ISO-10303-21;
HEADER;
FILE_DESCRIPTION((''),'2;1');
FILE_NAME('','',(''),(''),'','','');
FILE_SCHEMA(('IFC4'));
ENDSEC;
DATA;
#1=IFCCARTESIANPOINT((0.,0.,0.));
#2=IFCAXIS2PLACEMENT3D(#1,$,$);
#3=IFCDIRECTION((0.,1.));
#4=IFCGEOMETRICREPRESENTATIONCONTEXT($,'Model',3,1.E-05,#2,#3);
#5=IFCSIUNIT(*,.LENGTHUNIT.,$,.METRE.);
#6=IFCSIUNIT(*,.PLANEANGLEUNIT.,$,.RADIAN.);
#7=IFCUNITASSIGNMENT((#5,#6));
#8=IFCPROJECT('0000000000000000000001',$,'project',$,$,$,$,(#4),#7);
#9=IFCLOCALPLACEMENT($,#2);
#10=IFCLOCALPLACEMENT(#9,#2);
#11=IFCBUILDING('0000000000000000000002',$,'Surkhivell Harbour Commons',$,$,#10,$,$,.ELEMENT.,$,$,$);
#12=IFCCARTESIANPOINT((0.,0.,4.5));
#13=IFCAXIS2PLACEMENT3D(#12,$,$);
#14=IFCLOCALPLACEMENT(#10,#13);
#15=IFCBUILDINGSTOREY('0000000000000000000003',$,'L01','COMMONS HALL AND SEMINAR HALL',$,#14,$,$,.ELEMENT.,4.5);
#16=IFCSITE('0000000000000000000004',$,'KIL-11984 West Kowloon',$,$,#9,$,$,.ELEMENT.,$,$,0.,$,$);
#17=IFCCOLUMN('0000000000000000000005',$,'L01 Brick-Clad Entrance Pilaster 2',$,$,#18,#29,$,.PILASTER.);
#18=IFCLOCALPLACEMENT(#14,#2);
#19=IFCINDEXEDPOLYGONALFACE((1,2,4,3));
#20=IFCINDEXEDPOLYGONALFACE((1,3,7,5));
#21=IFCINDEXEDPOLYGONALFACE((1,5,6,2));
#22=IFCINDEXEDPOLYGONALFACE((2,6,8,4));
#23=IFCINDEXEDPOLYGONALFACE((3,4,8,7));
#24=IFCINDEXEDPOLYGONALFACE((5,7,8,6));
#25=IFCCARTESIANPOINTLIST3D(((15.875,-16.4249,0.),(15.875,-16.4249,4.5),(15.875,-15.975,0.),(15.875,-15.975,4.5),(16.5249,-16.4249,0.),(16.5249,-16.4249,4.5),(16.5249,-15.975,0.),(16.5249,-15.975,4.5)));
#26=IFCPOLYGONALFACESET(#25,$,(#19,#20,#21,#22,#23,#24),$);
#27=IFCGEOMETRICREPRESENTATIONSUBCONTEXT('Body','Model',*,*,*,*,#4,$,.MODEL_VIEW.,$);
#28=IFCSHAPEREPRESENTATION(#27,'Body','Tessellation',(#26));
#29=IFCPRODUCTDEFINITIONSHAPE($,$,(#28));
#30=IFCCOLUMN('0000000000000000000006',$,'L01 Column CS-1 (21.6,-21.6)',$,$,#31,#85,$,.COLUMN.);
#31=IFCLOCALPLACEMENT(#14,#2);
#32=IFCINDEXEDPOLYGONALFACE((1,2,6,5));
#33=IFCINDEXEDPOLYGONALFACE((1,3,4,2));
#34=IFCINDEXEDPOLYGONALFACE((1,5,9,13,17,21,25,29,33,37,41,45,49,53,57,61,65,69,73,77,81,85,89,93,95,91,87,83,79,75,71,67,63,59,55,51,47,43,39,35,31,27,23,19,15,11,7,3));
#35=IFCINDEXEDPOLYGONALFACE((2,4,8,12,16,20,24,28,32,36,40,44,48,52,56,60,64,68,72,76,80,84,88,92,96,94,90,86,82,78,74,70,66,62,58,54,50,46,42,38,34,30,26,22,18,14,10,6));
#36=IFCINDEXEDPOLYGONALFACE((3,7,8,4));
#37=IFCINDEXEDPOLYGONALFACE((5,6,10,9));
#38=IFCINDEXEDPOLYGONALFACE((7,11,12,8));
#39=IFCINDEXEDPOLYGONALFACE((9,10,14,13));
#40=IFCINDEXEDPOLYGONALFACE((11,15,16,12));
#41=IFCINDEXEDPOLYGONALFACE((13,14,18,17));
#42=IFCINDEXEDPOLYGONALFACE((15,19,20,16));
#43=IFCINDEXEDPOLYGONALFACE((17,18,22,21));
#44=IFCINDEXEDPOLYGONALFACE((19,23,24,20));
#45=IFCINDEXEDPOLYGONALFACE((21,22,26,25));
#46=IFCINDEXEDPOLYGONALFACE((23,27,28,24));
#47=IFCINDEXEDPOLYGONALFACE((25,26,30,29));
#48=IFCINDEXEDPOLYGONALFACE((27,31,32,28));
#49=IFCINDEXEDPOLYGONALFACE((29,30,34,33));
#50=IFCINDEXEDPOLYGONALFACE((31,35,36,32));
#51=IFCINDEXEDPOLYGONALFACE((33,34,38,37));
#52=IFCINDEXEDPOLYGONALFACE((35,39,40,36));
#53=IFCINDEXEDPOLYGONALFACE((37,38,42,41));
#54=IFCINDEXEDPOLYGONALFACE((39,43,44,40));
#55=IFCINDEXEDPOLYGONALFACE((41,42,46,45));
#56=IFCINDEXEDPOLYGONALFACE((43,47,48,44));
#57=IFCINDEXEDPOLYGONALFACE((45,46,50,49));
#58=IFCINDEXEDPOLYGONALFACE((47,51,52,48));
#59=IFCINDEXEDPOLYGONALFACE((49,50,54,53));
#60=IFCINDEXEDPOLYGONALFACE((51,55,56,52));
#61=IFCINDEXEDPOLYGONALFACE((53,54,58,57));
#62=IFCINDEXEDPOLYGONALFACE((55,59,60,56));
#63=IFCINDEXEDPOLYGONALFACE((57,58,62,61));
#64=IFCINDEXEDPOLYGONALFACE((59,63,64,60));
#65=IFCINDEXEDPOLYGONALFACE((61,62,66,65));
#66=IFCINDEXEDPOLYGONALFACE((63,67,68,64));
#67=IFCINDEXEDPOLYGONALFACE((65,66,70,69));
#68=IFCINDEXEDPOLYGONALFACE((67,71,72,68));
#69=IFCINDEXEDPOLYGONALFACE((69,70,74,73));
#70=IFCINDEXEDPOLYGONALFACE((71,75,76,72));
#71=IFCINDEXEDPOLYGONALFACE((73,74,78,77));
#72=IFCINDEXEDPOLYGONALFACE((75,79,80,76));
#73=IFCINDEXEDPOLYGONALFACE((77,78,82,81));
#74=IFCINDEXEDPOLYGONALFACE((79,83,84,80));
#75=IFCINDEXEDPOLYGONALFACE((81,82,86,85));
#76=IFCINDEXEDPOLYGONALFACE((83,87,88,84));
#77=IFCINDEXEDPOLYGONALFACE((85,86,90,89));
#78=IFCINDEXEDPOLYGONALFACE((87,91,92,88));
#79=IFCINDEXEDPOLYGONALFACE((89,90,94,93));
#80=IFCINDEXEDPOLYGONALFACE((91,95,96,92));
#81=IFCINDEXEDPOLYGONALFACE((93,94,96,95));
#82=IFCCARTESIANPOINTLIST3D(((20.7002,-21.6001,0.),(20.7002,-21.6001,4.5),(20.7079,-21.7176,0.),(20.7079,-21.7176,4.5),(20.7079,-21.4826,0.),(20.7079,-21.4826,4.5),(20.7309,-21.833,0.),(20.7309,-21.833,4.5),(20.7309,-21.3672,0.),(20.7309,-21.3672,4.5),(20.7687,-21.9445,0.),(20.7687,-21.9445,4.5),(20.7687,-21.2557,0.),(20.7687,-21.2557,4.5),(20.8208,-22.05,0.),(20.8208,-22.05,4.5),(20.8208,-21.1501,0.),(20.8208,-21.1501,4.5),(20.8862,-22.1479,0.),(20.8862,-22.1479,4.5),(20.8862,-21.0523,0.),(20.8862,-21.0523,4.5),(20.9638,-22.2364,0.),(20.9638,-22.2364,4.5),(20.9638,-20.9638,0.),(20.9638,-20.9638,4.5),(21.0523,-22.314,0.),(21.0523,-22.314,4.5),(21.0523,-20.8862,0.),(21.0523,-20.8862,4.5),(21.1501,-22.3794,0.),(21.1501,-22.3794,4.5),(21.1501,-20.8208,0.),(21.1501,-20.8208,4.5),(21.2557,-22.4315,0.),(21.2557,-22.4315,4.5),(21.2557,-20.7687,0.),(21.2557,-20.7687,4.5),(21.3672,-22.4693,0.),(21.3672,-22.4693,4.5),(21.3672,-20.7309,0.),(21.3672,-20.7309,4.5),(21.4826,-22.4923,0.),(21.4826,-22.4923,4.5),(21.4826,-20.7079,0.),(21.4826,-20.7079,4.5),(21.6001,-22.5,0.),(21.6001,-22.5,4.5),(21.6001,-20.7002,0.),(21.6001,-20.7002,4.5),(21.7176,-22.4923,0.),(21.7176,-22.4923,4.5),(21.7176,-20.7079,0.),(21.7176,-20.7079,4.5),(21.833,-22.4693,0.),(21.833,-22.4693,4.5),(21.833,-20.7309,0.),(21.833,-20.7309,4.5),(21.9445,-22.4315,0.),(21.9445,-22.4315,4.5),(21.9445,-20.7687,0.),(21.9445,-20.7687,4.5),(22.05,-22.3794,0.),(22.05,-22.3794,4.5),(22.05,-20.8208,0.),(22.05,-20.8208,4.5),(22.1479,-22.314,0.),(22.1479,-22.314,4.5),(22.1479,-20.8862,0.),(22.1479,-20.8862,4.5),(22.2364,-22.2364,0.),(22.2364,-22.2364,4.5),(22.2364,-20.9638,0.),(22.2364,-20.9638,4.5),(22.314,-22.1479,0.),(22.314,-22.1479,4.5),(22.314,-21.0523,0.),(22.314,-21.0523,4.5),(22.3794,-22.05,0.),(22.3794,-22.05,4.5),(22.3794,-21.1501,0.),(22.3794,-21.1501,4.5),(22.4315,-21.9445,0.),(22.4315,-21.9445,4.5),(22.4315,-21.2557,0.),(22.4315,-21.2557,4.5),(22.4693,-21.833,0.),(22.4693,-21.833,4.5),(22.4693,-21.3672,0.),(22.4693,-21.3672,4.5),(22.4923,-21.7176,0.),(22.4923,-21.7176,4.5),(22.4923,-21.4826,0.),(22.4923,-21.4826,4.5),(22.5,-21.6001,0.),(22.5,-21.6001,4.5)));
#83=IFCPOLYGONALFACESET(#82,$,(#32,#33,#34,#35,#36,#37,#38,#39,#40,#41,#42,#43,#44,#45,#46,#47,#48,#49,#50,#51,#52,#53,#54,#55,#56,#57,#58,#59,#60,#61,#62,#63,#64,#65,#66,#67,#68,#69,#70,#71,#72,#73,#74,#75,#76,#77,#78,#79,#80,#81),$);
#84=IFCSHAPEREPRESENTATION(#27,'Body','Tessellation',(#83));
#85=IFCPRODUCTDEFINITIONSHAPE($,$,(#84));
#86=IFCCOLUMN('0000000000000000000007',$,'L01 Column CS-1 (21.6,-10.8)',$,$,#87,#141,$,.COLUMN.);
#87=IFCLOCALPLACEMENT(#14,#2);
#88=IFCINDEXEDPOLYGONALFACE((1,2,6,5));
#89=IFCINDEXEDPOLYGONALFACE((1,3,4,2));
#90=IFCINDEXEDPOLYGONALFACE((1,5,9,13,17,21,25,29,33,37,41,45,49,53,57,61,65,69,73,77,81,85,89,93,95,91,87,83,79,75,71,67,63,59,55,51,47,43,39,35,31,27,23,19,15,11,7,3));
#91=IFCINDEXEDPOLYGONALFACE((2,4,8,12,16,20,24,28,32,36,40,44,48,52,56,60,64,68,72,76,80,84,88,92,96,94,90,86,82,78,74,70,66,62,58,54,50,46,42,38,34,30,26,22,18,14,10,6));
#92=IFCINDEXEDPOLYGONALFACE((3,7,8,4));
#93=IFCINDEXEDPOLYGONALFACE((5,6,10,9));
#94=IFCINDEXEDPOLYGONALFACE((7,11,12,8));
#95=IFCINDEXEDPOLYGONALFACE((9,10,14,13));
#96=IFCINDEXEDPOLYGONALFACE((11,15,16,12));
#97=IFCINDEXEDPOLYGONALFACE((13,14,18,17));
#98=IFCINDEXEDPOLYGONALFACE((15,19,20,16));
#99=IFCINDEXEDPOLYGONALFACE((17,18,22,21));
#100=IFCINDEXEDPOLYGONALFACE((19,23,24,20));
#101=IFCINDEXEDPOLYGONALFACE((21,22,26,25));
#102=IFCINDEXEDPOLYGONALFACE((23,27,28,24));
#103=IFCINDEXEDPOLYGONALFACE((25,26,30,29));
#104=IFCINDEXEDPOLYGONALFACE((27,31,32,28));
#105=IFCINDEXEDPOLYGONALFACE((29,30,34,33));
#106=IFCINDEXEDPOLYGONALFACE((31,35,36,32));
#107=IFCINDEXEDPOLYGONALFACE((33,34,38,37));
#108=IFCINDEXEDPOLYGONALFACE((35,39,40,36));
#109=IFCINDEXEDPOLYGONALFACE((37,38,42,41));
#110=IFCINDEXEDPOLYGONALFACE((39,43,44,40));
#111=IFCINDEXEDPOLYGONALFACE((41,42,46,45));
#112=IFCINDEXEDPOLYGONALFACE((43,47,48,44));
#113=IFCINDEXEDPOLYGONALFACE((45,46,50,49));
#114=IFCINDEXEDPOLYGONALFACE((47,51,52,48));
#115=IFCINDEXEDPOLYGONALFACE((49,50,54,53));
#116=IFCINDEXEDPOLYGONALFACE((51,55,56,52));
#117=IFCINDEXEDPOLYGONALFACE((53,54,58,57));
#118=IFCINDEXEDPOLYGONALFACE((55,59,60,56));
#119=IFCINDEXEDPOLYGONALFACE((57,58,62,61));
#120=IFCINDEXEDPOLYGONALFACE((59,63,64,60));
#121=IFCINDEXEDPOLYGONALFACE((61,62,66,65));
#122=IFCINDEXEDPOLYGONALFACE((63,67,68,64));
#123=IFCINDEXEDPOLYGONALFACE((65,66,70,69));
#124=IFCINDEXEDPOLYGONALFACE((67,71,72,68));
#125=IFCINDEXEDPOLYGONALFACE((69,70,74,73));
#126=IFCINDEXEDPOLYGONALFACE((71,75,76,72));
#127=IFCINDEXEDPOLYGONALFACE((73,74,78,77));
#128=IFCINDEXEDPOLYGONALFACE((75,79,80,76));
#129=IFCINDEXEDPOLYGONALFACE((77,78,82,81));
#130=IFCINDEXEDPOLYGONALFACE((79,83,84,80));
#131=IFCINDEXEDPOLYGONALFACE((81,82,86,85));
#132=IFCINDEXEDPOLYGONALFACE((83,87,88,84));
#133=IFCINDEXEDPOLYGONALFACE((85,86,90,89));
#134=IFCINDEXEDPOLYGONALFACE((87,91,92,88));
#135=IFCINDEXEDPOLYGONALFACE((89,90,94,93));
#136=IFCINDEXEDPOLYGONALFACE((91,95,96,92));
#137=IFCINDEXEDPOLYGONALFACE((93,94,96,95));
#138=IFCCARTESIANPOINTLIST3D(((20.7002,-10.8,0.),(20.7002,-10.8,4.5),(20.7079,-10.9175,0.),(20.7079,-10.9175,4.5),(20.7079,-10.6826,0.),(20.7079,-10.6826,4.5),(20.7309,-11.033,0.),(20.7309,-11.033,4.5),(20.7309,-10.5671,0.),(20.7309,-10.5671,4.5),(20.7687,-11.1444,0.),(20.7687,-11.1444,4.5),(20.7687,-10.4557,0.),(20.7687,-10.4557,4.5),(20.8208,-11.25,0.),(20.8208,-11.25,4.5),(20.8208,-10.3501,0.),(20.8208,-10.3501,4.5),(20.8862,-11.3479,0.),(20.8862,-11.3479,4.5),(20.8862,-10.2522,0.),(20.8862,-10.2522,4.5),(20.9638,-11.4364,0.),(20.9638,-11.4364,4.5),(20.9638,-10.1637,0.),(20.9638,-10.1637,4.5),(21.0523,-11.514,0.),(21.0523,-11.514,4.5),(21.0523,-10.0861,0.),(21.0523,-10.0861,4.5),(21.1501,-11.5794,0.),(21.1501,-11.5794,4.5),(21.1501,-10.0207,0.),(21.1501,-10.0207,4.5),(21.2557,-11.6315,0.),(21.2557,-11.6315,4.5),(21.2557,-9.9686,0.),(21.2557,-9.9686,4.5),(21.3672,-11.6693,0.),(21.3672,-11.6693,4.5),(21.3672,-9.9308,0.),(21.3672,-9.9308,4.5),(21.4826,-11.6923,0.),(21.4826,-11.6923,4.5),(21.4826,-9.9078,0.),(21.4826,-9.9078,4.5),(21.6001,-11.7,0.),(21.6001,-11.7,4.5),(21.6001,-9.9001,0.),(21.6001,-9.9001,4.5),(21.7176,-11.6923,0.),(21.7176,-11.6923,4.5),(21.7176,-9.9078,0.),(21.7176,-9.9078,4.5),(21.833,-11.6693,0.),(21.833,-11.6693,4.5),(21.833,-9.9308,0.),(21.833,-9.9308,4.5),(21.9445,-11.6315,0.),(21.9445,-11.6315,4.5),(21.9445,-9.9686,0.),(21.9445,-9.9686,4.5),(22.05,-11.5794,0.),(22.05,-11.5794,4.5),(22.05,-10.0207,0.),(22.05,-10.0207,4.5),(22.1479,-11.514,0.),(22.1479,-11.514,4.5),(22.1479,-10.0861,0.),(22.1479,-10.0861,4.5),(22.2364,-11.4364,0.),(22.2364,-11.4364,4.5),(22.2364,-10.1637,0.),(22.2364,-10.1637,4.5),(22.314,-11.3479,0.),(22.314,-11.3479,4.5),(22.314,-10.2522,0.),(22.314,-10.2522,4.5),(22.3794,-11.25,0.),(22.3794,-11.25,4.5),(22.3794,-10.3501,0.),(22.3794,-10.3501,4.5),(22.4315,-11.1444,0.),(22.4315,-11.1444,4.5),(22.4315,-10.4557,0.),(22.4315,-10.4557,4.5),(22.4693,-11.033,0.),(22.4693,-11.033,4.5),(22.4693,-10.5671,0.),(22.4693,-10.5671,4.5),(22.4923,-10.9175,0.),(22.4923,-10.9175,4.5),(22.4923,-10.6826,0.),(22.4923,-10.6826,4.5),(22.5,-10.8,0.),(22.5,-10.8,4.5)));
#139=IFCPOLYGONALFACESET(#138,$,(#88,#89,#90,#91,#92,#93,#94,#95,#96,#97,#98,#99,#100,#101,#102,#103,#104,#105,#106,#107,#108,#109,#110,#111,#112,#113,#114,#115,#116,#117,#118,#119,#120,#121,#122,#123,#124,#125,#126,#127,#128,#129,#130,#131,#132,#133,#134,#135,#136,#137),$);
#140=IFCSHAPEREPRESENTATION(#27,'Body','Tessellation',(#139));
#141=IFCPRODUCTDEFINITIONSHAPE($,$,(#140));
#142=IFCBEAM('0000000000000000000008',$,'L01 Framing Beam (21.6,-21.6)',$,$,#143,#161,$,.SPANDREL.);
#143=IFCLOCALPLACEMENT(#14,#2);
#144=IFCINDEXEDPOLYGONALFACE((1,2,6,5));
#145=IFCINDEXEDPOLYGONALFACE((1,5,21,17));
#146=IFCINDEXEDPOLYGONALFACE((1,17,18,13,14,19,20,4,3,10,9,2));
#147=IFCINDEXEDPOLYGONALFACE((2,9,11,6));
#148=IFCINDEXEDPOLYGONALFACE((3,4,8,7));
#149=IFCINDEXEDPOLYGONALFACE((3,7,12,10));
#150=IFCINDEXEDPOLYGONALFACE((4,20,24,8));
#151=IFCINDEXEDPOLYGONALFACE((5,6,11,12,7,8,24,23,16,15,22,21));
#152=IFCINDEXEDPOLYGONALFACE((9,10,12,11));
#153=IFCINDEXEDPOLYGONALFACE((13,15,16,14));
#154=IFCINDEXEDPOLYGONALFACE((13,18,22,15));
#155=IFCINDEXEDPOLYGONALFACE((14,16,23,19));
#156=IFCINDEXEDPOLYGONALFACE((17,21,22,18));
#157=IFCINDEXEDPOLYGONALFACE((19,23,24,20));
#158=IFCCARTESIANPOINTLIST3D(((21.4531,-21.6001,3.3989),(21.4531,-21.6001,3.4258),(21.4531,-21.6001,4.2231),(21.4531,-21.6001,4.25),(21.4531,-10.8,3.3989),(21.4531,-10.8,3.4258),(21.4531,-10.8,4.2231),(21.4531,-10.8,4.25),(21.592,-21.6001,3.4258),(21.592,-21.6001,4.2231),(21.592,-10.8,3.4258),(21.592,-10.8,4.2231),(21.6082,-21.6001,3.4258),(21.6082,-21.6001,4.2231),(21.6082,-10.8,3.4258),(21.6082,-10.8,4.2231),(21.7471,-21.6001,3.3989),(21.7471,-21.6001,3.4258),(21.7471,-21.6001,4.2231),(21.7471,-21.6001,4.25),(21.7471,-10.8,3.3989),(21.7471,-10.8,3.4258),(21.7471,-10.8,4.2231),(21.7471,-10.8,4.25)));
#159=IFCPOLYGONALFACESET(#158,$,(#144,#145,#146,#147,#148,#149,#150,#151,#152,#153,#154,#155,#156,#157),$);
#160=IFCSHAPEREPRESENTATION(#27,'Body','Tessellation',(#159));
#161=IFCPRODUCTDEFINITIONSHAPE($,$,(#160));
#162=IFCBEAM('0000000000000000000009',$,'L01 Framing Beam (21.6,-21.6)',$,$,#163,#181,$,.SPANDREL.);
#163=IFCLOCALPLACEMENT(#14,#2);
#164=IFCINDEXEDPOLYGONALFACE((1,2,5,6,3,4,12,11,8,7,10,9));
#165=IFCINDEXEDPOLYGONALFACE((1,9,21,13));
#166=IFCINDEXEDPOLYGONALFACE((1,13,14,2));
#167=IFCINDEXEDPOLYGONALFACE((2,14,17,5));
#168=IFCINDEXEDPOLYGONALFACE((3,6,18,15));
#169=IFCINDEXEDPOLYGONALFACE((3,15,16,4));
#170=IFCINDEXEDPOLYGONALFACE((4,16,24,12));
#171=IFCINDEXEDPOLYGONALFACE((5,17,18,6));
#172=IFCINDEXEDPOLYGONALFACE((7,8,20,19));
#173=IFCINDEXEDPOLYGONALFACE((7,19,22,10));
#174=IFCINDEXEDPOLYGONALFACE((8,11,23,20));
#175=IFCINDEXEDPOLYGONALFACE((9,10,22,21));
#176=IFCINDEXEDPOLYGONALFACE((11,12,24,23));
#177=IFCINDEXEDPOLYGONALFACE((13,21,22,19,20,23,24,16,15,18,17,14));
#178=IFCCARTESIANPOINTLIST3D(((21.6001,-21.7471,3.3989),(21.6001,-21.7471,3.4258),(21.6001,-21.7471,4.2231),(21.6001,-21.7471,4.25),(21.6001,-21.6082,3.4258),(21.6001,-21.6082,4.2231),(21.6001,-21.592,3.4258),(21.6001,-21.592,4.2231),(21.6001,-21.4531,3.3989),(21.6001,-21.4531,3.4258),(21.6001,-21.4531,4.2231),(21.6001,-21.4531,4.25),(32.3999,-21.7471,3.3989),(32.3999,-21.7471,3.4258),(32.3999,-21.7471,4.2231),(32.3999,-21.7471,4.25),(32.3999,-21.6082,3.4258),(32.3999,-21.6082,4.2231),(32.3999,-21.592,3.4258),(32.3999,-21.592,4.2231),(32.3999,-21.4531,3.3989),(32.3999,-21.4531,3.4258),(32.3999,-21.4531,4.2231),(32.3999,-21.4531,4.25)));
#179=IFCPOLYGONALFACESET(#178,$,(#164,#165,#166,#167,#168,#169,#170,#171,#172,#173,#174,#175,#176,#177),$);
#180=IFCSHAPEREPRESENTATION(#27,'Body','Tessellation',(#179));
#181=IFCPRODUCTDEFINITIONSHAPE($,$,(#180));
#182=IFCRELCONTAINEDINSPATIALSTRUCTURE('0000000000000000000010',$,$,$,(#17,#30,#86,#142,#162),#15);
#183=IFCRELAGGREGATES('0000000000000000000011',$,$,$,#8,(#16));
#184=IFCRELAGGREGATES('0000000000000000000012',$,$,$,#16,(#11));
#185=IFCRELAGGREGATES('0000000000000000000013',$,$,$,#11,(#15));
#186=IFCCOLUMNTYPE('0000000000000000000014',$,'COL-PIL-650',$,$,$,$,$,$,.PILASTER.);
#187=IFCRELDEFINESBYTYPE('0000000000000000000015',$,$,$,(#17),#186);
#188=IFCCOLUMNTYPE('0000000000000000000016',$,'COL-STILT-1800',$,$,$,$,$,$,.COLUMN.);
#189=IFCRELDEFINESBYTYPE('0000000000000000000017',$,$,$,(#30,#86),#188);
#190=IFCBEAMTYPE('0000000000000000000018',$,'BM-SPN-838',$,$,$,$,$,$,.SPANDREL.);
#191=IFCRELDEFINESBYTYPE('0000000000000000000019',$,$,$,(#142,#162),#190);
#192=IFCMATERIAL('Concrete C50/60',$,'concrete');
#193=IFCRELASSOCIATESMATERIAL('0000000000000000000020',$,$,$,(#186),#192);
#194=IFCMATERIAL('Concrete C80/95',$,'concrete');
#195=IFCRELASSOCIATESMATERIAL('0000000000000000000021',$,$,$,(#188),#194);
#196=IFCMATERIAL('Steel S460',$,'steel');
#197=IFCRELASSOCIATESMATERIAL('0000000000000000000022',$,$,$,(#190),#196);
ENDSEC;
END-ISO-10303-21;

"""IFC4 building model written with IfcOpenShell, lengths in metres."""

from ifc_helpers import new_model, si_unit, direction, frame, origin, origin_2d, place, context, subcontext, project, spatial, rectangle, circle, i_section, extrude, material, material_profile, profile_set, type_object, element, save


model = new_model("IFC4")

# Units and contexts
model_context = context("Model", 3, precision=1e-05, world=origin(), true_north=direction((0.0, 1.0)))
body_context = subcontext(model_context, "Body", "Model", "MODEL_VIEW")
ifc_project = project(units=[si_unit("LENGTHUNIT", "METRE"), si_unit("PLANEANGLEUNIT", "RADIAN")], contexts=[model_context])

# Site, building, storey
site_placement = place(None, origin())
site = spatial("IfcSite", under=ifc_project, at=site_placement, Name="KIL-11984 West Kowloon", CompositionType="ELEMENT", RefElevation=0.0)
building_placement = place(site_placement, origin())
building = spatial("IfcBuilding", under=site, at=building_placement, Name="Surkhivell Harbour Commons", CompositionType="ELEMENT")
storey_placement = place(building_placement, frame((0.0, 0.0, 4.5)))
storey = spatial("IfcBuildingStorey", under=building, at=storey_placement, Name="L01", Description="COMMONS HALL AND SEMINAR HALL", CompositionType="ELEMENT", Elevation=4.5)

# Columns
ifc_material_1 = material(Name="Concrete C50/60", Category="concrete")
ifc_material_profile_1 = material_profile(ifc_material_1, rectangle(XDim=0.6499, YDim=0.45, at=origin_2d()), Name="RC-PIL-650x450")
ifc_profile_set_1 = profile_set([ifc_material_profile_1], Name="Concrete C50/60")
column_type_1 = type_object("IfcColumnType", Name="COL-PIL-650", PredefinedType="PILASTER", material=ifc_profile_set_1)
column_placement = place(storey_placement, frame((16.2, -16.2, 0.0), z_axis=(0.0, 0.0, 1.0), x_axis=(1.0, 0.0, 0.0)))
element("IfcColumn", 1, at=column_placement, inside=storey, type_object=column_type_1, Name="L01 Brick-Clad Entrance Pilaster 2", PredefinedType="PILASTER", context=body_context, shape_type="SweptSolid", body=[
    extrude(rectangle(XDim=0.6499, YDim=0.45, at=origin_2d()), origin(), (0.0, 0.0, 1.0), 4.5),
])
ifc_material_2 = material(Name="Concrete C80/95", Category="concrete")
ifc_material_profile_2 = material_profile(ifc_material_2, circle(Radius=0.8999, at=origin_2d()), Name="RC-CIRC-1800")
ifc_profile_set_2 = profile_set([ifc_material_profile_2], Name="Concrete C80/95")
column_type_2 = type_object("IfcColumnType", Name="COL-STILT-1800", PredefinedType="COLUMN", material=ifc_profile_set_2)
for number, where, z_axis, x_axis, name in (
    (2, (21.6001, -21.6001, 0.0), (0.0, 0.0, 1.0), (1.0, 0.0, 0.0), "L01 Column CS-1 (21.6,-21.6)"),
    (3, (21.6001, -10.8, 0.0), (0.0, 0.0, 1.0), (1.0, 0.0, 0.0), "L01 Column CS-1 (21.6,-10.8)"),
):
    element("IfcColumn", number, at=place(storey_placement, frame(where, z_axis=z_axis, x_axis=x_axis)), inside=storey, type_object=column_type_2, Name=name, PredefinedType="COLUMN", context=body_context, shape_type="SweptSolid", body=[
        extrude(circle(Radius=0.8999, at=origin_2d()), origin(), (0.0, 0.0, 1.0), 4.5),
    ])

# Beams
ifc_material_3 = material(Name="Steel S460", Category="steel")
ifc_material_profile_3 = material_profile(ifc_material_3, i_section(OverallWidth=0.2939, OverallDepth=0.8511, WebThickness=0.0161, FlangeThickness=0.0269, at=origin_2d()), Name="UB838x292x226")
ifc_profile_set_3 = profile_set([ifc_material_profile_3], Name="Steel S460")
beam_type = type_object("IfcBeamType", Name="BM-SPN-838", PredefinedType="SPANDREL", material=ifc_profile_set_3)
beam_1_placement = place(storey_placement, frame((21.6001, -21.6001, 3.8245), z_axis=(0.0, 1.0, 0.0), x_axis=(-1.0, 0.0, 0.0)))
element("IfcBeam", 4, at=beam_1_placement, inside=storey, type_object=beam_type, Name="L01 Framing Beam (21.6,-21.6)", PredefinedType="SPANDREL", context=body_context, shape_type="SweptSolid", body=[
    extrude(i_section(OverallWidth=0.2939, OverallDepth=0.8511, WebThickness=0.0161, FlangeThickness=0.0269, at=origin_2d()), origin(), (0.0, 0.0, 1.0), 10.8),
])
beam_2_placement = place(storey_placement, frame((21.6001, -21.6001, 3.8245), z_axis=(1.0, 0.0, 0.0), x_axis=(0.0, 1.0, 0.0)))
element("IfcBeam", 5, at=beam_2_placement, inside=storey, type_object=beam_type, Name="L01 Framing Beam (21.6,-21.6)", PredefinedType="SPANDREL", context=body_context, shape_type="SweptSolid", body=[
    extrude(i_section(OverallWidth=0.2939, OverallDepth=0.8511, WebThickness=0.0161, FlangeThickness=0.0269, at=origin_2d()), origin(), (0.0, 0.0, 1.0), 10.7998),
])

save(model, "model.ifc")
